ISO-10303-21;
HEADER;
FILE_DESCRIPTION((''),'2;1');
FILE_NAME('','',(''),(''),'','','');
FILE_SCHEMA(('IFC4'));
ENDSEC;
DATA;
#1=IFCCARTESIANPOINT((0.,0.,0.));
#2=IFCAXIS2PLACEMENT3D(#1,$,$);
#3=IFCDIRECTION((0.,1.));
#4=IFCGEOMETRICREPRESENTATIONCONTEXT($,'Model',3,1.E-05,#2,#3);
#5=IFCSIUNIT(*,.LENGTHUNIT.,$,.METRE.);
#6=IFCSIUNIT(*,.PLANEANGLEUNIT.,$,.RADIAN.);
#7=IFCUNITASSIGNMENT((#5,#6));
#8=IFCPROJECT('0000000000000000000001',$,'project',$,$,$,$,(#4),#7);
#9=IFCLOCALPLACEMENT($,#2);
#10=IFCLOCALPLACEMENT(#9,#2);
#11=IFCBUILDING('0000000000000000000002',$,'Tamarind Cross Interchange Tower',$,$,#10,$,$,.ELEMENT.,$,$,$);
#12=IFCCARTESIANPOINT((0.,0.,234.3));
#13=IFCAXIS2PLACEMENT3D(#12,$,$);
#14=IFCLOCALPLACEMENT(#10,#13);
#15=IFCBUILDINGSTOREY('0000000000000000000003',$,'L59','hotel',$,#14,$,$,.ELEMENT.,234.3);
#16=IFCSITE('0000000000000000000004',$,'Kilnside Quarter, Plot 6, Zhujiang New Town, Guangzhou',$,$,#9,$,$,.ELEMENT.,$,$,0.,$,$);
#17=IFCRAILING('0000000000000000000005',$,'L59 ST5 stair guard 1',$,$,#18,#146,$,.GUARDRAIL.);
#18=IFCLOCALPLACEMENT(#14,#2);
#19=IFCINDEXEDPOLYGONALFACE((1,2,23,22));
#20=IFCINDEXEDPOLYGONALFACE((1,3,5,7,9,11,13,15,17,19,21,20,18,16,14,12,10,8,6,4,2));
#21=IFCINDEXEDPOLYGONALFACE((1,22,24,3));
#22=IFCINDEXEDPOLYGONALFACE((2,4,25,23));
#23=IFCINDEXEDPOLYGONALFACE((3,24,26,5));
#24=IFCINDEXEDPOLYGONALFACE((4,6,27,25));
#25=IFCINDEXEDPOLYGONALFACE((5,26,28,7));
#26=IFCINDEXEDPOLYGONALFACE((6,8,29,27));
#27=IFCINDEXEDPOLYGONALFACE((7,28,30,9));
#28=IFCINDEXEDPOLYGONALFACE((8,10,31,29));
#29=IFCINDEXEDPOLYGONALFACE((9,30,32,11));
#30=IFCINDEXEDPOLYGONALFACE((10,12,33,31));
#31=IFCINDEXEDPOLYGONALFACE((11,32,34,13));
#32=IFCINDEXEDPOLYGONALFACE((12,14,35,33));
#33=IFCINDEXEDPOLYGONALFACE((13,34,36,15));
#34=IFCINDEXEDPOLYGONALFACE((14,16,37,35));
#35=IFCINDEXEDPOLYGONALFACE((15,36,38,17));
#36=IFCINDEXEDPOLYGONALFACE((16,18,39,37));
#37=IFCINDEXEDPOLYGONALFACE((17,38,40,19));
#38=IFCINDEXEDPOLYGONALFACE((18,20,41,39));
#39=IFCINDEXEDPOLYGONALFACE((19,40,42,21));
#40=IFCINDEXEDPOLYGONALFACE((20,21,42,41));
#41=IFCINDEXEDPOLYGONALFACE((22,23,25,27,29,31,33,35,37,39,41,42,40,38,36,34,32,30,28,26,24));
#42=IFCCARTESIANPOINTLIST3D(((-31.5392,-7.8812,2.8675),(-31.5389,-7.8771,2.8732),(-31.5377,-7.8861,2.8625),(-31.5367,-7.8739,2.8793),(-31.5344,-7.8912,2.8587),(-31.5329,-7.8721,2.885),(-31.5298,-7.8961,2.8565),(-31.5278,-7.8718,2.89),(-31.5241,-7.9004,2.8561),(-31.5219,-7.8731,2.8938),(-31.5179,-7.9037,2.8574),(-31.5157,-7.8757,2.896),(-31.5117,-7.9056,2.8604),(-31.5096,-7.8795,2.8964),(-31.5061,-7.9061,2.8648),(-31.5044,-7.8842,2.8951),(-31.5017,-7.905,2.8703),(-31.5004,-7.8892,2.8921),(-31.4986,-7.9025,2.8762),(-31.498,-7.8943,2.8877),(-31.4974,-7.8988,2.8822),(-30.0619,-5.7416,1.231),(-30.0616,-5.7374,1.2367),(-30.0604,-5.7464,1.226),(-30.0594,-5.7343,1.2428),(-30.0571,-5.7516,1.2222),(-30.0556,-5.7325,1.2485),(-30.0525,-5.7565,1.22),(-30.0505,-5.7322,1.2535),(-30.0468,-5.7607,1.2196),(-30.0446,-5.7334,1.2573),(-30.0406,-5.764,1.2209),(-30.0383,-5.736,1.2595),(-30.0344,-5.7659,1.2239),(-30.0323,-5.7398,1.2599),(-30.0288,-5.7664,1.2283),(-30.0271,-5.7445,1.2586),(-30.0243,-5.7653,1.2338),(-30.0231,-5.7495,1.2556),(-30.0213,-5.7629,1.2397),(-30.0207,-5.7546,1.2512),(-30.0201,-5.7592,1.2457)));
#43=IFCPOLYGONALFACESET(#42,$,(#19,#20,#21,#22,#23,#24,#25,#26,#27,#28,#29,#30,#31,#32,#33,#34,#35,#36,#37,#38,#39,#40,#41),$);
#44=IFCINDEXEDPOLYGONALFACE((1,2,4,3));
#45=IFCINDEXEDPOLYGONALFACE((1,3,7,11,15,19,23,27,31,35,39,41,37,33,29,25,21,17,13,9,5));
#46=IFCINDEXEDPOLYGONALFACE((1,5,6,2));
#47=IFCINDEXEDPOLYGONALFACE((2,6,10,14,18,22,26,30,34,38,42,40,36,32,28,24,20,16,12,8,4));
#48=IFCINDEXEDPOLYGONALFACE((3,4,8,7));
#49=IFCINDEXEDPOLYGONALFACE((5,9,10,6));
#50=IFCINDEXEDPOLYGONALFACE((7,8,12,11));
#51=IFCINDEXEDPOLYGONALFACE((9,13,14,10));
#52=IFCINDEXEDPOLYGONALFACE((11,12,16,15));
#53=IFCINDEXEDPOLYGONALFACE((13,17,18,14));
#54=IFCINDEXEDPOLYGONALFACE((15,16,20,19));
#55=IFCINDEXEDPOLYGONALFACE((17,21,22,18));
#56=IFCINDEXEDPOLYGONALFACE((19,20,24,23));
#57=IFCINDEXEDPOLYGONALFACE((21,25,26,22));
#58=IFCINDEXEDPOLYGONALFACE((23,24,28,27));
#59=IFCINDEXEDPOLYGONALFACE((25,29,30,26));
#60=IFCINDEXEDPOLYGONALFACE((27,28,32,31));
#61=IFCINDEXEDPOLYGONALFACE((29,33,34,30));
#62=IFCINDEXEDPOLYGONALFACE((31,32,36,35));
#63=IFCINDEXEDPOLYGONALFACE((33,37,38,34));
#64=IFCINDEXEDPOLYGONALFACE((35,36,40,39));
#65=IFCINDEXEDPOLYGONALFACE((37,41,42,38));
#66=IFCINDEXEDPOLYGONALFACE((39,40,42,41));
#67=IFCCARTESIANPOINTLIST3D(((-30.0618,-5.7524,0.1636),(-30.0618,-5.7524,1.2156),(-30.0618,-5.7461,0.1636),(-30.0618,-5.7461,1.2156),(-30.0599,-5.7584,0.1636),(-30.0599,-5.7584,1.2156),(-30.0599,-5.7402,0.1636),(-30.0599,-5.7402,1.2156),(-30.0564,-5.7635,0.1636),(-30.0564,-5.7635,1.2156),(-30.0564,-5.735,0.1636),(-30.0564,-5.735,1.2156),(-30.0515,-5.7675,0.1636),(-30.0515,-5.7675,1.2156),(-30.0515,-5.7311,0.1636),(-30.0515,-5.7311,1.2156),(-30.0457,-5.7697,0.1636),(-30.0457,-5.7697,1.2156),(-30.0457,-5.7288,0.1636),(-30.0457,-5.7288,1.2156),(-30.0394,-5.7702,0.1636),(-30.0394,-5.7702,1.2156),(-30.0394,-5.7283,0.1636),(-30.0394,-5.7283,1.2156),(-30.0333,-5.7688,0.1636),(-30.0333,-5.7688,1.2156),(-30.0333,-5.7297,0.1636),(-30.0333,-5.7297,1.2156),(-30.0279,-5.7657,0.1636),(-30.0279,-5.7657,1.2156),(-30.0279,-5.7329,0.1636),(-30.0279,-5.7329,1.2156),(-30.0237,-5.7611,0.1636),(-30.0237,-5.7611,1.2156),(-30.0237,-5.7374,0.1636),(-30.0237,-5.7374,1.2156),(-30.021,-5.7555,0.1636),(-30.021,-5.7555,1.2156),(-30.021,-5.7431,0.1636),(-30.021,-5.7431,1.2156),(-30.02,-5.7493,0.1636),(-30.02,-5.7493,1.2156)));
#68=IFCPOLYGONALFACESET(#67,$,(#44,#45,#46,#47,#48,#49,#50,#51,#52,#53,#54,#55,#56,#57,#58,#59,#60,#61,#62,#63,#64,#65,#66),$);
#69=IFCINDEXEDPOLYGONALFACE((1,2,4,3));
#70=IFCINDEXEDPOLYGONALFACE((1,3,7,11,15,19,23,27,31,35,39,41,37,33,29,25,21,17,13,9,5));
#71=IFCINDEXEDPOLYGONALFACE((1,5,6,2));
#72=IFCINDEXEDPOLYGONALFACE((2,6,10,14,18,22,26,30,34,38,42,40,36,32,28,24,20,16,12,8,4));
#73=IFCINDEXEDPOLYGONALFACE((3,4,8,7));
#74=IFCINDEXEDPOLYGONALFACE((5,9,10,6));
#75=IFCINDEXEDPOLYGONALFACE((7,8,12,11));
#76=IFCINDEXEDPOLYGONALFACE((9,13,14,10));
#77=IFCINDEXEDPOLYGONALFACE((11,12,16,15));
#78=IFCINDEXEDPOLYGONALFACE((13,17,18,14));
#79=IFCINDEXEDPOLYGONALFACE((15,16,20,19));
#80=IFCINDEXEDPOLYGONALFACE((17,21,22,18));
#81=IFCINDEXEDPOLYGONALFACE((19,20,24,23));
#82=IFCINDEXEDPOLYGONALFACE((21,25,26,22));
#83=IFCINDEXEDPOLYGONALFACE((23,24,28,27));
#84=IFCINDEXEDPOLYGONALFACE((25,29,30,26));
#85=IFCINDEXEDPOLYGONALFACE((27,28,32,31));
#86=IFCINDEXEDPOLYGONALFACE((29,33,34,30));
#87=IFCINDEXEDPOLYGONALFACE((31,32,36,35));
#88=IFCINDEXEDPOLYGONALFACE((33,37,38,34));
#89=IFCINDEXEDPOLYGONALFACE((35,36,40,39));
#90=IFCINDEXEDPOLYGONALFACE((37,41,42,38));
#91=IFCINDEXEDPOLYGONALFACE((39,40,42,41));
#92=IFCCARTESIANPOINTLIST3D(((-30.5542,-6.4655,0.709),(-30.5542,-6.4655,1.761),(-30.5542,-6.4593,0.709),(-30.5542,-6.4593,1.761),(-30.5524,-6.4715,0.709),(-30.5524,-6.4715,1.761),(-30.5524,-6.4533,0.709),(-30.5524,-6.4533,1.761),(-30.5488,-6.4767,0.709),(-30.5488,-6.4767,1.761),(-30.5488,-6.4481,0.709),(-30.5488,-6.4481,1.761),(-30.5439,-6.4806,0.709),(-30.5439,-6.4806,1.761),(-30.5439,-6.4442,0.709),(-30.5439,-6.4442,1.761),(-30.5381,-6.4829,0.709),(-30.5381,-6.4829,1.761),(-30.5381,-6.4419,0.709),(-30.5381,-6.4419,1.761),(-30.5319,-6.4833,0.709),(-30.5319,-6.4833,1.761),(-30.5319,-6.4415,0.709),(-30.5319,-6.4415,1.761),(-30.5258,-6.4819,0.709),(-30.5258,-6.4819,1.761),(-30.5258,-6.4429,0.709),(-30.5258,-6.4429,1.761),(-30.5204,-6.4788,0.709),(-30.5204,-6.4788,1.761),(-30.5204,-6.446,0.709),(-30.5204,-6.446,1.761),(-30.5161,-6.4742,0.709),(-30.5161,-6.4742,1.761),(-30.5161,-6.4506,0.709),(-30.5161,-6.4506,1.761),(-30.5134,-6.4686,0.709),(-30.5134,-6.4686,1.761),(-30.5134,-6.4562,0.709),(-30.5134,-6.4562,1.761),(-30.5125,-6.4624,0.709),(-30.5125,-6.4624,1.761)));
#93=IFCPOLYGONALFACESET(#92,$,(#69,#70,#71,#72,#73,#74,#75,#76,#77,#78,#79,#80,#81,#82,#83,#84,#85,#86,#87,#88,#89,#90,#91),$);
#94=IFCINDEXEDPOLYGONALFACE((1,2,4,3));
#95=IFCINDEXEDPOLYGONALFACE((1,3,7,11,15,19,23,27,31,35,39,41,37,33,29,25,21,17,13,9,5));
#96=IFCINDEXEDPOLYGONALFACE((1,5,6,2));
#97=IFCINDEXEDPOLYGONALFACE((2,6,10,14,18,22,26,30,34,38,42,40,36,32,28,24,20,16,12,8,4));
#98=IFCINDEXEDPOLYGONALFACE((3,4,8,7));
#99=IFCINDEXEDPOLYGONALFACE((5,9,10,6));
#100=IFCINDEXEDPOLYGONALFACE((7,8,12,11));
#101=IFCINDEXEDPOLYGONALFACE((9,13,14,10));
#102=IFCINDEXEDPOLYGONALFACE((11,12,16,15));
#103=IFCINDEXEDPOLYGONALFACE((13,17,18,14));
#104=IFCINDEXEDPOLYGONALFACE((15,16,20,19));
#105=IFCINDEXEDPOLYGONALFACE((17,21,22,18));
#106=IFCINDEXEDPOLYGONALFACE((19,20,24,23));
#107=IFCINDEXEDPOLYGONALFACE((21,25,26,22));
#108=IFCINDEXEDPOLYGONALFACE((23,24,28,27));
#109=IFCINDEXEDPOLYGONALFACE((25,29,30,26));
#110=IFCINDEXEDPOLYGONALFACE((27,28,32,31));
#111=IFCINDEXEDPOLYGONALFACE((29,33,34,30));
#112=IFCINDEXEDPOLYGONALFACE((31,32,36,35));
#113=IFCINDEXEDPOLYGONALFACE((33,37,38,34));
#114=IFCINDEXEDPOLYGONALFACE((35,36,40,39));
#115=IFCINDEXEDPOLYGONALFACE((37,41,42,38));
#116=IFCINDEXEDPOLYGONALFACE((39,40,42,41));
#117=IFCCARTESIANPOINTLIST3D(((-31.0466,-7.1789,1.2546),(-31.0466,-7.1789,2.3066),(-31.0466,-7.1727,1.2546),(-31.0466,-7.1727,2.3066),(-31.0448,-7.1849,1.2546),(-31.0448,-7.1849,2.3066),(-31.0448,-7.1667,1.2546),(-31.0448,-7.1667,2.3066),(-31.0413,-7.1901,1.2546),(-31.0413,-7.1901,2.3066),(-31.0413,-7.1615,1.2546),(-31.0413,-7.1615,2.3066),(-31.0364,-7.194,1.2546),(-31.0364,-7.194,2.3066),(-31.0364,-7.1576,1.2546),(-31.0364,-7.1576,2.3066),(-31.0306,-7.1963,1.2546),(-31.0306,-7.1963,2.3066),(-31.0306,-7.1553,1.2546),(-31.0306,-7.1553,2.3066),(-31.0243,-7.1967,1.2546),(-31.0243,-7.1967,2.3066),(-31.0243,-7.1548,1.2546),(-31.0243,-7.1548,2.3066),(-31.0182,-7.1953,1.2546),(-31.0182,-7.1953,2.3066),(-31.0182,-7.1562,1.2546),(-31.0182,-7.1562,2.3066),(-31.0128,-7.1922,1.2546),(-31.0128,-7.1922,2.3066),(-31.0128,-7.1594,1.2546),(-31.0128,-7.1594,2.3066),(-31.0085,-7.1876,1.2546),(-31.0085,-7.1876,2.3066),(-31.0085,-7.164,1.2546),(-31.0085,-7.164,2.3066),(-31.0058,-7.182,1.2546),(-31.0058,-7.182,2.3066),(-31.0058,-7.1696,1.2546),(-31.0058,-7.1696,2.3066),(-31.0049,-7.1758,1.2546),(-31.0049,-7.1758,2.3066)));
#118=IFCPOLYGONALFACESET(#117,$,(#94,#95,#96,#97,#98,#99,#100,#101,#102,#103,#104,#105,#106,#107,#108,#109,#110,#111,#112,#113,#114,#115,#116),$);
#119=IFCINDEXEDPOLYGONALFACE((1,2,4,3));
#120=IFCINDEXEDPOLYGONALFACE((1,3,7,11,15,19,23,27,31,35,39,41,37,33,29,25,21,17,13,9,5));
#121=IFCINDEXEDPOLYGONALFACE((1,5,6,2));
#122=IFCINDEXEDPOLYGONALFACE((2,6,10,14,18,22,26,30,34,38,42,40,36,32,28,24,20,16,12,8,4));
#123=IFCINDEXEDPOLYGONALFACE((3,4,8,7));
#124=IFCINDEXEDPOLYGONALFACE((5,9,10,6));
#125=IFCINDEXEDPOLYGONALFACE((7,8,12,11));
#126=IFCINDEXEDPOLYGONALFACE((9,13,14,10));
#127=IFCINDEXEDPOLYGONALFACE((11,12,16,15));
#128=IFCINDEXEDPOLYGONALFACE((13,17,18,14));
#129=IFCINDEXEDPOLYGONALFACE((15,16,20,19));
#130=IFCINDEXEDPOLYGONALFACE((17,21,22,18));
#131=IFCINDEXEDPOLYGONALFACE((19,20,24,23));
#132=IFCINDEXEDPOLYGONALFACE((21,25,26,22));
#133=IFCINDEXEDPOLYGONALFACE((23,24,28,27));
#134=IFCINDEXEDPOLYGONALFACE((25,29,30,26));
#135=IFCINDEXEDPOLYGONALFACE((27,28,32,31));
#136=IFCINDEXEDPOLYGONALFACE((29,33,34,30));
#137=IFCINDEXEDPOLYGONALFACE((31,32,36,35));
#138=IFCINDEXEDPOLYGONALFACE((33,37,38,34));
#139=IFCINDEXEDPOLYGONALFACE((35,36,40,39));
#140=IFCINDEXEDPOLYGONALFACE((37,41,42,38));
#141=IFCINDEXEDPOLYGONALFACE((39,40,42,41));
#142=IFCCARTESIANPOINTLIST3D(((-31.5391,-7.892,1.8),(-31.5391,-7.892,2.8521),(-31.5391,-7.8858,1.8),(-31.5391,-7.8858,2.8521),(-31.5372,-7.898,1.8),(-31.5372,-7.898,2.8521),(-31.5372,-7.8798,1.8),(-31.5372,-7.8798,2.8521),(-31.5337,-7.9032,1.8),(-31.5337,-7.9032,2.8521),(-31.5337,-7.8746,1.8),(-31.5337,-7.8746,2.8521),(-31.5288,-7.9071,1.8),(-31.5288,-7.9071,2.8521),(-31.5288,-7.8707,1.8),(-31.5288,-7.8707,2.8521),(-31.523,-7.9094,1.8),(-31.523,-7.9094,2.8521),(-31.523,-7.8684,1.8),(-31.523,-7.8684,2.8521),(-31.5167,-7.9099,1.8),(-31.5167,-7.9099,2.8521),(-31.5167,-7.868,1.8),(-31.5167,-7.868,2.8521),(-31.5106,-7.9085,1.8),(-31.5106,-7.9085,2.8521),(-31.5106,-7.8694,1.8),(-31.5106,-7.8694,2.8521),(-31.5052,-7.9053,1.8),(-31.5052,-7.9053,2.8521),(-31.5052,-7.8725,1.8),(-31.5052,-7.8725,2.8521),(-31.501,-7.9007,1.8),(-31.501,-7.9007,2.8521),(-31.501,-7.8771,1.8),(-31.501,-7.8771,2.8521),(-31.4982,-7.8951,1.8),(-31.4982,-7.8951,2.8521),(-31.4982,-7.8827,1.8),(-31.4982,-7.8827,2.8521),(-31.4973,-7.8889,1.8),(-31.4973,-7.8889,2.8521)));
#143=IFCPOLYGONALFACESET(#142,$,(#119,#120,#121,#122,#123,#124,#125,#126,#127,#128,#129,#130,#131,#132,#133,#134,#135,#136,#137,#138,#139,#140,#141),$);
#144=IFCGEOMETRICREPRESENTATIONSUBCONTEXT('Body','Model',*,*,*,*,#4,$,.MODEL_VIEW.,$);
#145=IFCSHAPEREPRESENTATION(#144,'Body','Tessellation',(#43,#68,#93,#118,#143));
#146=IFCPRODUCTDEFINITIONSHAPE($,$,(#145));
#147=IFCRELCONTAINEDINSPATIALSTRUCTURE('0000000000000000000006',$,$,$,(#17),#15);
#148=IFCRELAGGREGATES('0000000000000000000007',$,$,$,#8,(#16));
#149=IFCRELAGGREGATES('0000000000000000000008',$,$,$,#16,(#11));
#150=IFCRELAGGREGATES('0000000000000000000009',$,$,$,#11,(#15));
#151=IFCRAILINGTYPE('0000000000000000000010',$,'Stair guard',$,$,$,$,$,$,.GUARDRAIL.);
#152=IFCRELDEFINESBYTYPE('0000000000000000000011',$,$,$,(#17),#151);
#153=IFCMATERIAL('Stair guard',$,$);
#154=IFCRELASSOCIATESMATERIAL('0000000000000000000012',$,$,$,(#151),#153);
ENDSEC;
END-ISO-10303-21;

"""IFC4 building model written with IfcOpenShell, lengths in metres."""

from ifc_helpers import new_model, si_unit, direction, frame, origin, origin_2d, place, context, subcontext, project, spatial, circle, extrude, material, type_object, element, save


model = new_model("IFC4")

# Units and contexts
model_context = context("Model", 3, precision=1e-05, world=origin(), true_north=direction((0.0, 1.0)))
body_context = subcontext(model_context, "Body", "Model", "MODEL_VIEW")
ifc_project = project(units=[si_unit("LENGTHUNIT", "METRE"), si_unit("PLANEANGLEUNIT", "RADIAN")], contexts=[model_context])

# Site, building, storey
site_placement = place(None, origin())
site = spatial("IfcSite", under=ifc_project, at=site_placement, Name="Kilnside Quarter, Plot 6, Zhujiang New Town, Guangzhou", CompositionType="ELEMENT", RefElevation=0.0)
building_placement = place(site_placement, origin())
building = spatial("IfcBuilding", under=site, at=building_placement, Name="Tamarind Cross Interchange Tower", CompositionType="ELEMENT")
storey_placement = place(building_placement, frame((0.0, 0.0, 234.3)))
storey = spatial("IfcBuildingStorey", under=building, at=storey_placement, Name="L59", Description="hotel", CompositionType="ELEMENT", Elevation=234.3)

# Railing
ifc_material_1 = material(Name="Stair guard")
railing_type_1 = type_object("IfcRailingType", Name="Stair guard", PredefinedType="GUARDRAIL", material=ifc_material_1)
railing_1_placement = place(storey_placement, frame((-30.041, -5.7493, 0.1636)))
element("IfcRailing", 1, at=railing_1_placement, inside=storey, type_object=railing_type_1, Name="L59 ST5 stair guard 1", PredefinedType="GUARDRAIL", context=body_context, shape_type="SweptSolid", body=[
    extrude(circle(Radius=0.0239, at=origin_2d()), frame((0.0, 0.0, 1.0762), z_axis=(-0.480856, -0.69645, 0.532668), x_axis=(0.822912, -0.56817, 0.0)), (0.0, 0.0, 1.0), 3.0723),
    extrude(circle(Radius=0.021, at=origin_2d()), origin(), (0.0, 0.0, 1.0), 1.052),
    extrude(circle(Radius=0.021, at=origin_2d()), frame((-0.4924, -0.7131, 0.5454)), (0.0, 0.0, 1.0), 1.052),
    extrude(circle(Radius=0.021, at=origin_2d()), frame((-0.9849, -1.4265, 1.0911)), (0.0, 0.0, 1.0), 1.052),
    extrude(circle(Radius=0.021, at=origin_2d()), frame((-1.4773, -2.1396, 1.6365)), (0.0, 0.0, 1.0), 1.052),
])

save(model, "model.ifc")
